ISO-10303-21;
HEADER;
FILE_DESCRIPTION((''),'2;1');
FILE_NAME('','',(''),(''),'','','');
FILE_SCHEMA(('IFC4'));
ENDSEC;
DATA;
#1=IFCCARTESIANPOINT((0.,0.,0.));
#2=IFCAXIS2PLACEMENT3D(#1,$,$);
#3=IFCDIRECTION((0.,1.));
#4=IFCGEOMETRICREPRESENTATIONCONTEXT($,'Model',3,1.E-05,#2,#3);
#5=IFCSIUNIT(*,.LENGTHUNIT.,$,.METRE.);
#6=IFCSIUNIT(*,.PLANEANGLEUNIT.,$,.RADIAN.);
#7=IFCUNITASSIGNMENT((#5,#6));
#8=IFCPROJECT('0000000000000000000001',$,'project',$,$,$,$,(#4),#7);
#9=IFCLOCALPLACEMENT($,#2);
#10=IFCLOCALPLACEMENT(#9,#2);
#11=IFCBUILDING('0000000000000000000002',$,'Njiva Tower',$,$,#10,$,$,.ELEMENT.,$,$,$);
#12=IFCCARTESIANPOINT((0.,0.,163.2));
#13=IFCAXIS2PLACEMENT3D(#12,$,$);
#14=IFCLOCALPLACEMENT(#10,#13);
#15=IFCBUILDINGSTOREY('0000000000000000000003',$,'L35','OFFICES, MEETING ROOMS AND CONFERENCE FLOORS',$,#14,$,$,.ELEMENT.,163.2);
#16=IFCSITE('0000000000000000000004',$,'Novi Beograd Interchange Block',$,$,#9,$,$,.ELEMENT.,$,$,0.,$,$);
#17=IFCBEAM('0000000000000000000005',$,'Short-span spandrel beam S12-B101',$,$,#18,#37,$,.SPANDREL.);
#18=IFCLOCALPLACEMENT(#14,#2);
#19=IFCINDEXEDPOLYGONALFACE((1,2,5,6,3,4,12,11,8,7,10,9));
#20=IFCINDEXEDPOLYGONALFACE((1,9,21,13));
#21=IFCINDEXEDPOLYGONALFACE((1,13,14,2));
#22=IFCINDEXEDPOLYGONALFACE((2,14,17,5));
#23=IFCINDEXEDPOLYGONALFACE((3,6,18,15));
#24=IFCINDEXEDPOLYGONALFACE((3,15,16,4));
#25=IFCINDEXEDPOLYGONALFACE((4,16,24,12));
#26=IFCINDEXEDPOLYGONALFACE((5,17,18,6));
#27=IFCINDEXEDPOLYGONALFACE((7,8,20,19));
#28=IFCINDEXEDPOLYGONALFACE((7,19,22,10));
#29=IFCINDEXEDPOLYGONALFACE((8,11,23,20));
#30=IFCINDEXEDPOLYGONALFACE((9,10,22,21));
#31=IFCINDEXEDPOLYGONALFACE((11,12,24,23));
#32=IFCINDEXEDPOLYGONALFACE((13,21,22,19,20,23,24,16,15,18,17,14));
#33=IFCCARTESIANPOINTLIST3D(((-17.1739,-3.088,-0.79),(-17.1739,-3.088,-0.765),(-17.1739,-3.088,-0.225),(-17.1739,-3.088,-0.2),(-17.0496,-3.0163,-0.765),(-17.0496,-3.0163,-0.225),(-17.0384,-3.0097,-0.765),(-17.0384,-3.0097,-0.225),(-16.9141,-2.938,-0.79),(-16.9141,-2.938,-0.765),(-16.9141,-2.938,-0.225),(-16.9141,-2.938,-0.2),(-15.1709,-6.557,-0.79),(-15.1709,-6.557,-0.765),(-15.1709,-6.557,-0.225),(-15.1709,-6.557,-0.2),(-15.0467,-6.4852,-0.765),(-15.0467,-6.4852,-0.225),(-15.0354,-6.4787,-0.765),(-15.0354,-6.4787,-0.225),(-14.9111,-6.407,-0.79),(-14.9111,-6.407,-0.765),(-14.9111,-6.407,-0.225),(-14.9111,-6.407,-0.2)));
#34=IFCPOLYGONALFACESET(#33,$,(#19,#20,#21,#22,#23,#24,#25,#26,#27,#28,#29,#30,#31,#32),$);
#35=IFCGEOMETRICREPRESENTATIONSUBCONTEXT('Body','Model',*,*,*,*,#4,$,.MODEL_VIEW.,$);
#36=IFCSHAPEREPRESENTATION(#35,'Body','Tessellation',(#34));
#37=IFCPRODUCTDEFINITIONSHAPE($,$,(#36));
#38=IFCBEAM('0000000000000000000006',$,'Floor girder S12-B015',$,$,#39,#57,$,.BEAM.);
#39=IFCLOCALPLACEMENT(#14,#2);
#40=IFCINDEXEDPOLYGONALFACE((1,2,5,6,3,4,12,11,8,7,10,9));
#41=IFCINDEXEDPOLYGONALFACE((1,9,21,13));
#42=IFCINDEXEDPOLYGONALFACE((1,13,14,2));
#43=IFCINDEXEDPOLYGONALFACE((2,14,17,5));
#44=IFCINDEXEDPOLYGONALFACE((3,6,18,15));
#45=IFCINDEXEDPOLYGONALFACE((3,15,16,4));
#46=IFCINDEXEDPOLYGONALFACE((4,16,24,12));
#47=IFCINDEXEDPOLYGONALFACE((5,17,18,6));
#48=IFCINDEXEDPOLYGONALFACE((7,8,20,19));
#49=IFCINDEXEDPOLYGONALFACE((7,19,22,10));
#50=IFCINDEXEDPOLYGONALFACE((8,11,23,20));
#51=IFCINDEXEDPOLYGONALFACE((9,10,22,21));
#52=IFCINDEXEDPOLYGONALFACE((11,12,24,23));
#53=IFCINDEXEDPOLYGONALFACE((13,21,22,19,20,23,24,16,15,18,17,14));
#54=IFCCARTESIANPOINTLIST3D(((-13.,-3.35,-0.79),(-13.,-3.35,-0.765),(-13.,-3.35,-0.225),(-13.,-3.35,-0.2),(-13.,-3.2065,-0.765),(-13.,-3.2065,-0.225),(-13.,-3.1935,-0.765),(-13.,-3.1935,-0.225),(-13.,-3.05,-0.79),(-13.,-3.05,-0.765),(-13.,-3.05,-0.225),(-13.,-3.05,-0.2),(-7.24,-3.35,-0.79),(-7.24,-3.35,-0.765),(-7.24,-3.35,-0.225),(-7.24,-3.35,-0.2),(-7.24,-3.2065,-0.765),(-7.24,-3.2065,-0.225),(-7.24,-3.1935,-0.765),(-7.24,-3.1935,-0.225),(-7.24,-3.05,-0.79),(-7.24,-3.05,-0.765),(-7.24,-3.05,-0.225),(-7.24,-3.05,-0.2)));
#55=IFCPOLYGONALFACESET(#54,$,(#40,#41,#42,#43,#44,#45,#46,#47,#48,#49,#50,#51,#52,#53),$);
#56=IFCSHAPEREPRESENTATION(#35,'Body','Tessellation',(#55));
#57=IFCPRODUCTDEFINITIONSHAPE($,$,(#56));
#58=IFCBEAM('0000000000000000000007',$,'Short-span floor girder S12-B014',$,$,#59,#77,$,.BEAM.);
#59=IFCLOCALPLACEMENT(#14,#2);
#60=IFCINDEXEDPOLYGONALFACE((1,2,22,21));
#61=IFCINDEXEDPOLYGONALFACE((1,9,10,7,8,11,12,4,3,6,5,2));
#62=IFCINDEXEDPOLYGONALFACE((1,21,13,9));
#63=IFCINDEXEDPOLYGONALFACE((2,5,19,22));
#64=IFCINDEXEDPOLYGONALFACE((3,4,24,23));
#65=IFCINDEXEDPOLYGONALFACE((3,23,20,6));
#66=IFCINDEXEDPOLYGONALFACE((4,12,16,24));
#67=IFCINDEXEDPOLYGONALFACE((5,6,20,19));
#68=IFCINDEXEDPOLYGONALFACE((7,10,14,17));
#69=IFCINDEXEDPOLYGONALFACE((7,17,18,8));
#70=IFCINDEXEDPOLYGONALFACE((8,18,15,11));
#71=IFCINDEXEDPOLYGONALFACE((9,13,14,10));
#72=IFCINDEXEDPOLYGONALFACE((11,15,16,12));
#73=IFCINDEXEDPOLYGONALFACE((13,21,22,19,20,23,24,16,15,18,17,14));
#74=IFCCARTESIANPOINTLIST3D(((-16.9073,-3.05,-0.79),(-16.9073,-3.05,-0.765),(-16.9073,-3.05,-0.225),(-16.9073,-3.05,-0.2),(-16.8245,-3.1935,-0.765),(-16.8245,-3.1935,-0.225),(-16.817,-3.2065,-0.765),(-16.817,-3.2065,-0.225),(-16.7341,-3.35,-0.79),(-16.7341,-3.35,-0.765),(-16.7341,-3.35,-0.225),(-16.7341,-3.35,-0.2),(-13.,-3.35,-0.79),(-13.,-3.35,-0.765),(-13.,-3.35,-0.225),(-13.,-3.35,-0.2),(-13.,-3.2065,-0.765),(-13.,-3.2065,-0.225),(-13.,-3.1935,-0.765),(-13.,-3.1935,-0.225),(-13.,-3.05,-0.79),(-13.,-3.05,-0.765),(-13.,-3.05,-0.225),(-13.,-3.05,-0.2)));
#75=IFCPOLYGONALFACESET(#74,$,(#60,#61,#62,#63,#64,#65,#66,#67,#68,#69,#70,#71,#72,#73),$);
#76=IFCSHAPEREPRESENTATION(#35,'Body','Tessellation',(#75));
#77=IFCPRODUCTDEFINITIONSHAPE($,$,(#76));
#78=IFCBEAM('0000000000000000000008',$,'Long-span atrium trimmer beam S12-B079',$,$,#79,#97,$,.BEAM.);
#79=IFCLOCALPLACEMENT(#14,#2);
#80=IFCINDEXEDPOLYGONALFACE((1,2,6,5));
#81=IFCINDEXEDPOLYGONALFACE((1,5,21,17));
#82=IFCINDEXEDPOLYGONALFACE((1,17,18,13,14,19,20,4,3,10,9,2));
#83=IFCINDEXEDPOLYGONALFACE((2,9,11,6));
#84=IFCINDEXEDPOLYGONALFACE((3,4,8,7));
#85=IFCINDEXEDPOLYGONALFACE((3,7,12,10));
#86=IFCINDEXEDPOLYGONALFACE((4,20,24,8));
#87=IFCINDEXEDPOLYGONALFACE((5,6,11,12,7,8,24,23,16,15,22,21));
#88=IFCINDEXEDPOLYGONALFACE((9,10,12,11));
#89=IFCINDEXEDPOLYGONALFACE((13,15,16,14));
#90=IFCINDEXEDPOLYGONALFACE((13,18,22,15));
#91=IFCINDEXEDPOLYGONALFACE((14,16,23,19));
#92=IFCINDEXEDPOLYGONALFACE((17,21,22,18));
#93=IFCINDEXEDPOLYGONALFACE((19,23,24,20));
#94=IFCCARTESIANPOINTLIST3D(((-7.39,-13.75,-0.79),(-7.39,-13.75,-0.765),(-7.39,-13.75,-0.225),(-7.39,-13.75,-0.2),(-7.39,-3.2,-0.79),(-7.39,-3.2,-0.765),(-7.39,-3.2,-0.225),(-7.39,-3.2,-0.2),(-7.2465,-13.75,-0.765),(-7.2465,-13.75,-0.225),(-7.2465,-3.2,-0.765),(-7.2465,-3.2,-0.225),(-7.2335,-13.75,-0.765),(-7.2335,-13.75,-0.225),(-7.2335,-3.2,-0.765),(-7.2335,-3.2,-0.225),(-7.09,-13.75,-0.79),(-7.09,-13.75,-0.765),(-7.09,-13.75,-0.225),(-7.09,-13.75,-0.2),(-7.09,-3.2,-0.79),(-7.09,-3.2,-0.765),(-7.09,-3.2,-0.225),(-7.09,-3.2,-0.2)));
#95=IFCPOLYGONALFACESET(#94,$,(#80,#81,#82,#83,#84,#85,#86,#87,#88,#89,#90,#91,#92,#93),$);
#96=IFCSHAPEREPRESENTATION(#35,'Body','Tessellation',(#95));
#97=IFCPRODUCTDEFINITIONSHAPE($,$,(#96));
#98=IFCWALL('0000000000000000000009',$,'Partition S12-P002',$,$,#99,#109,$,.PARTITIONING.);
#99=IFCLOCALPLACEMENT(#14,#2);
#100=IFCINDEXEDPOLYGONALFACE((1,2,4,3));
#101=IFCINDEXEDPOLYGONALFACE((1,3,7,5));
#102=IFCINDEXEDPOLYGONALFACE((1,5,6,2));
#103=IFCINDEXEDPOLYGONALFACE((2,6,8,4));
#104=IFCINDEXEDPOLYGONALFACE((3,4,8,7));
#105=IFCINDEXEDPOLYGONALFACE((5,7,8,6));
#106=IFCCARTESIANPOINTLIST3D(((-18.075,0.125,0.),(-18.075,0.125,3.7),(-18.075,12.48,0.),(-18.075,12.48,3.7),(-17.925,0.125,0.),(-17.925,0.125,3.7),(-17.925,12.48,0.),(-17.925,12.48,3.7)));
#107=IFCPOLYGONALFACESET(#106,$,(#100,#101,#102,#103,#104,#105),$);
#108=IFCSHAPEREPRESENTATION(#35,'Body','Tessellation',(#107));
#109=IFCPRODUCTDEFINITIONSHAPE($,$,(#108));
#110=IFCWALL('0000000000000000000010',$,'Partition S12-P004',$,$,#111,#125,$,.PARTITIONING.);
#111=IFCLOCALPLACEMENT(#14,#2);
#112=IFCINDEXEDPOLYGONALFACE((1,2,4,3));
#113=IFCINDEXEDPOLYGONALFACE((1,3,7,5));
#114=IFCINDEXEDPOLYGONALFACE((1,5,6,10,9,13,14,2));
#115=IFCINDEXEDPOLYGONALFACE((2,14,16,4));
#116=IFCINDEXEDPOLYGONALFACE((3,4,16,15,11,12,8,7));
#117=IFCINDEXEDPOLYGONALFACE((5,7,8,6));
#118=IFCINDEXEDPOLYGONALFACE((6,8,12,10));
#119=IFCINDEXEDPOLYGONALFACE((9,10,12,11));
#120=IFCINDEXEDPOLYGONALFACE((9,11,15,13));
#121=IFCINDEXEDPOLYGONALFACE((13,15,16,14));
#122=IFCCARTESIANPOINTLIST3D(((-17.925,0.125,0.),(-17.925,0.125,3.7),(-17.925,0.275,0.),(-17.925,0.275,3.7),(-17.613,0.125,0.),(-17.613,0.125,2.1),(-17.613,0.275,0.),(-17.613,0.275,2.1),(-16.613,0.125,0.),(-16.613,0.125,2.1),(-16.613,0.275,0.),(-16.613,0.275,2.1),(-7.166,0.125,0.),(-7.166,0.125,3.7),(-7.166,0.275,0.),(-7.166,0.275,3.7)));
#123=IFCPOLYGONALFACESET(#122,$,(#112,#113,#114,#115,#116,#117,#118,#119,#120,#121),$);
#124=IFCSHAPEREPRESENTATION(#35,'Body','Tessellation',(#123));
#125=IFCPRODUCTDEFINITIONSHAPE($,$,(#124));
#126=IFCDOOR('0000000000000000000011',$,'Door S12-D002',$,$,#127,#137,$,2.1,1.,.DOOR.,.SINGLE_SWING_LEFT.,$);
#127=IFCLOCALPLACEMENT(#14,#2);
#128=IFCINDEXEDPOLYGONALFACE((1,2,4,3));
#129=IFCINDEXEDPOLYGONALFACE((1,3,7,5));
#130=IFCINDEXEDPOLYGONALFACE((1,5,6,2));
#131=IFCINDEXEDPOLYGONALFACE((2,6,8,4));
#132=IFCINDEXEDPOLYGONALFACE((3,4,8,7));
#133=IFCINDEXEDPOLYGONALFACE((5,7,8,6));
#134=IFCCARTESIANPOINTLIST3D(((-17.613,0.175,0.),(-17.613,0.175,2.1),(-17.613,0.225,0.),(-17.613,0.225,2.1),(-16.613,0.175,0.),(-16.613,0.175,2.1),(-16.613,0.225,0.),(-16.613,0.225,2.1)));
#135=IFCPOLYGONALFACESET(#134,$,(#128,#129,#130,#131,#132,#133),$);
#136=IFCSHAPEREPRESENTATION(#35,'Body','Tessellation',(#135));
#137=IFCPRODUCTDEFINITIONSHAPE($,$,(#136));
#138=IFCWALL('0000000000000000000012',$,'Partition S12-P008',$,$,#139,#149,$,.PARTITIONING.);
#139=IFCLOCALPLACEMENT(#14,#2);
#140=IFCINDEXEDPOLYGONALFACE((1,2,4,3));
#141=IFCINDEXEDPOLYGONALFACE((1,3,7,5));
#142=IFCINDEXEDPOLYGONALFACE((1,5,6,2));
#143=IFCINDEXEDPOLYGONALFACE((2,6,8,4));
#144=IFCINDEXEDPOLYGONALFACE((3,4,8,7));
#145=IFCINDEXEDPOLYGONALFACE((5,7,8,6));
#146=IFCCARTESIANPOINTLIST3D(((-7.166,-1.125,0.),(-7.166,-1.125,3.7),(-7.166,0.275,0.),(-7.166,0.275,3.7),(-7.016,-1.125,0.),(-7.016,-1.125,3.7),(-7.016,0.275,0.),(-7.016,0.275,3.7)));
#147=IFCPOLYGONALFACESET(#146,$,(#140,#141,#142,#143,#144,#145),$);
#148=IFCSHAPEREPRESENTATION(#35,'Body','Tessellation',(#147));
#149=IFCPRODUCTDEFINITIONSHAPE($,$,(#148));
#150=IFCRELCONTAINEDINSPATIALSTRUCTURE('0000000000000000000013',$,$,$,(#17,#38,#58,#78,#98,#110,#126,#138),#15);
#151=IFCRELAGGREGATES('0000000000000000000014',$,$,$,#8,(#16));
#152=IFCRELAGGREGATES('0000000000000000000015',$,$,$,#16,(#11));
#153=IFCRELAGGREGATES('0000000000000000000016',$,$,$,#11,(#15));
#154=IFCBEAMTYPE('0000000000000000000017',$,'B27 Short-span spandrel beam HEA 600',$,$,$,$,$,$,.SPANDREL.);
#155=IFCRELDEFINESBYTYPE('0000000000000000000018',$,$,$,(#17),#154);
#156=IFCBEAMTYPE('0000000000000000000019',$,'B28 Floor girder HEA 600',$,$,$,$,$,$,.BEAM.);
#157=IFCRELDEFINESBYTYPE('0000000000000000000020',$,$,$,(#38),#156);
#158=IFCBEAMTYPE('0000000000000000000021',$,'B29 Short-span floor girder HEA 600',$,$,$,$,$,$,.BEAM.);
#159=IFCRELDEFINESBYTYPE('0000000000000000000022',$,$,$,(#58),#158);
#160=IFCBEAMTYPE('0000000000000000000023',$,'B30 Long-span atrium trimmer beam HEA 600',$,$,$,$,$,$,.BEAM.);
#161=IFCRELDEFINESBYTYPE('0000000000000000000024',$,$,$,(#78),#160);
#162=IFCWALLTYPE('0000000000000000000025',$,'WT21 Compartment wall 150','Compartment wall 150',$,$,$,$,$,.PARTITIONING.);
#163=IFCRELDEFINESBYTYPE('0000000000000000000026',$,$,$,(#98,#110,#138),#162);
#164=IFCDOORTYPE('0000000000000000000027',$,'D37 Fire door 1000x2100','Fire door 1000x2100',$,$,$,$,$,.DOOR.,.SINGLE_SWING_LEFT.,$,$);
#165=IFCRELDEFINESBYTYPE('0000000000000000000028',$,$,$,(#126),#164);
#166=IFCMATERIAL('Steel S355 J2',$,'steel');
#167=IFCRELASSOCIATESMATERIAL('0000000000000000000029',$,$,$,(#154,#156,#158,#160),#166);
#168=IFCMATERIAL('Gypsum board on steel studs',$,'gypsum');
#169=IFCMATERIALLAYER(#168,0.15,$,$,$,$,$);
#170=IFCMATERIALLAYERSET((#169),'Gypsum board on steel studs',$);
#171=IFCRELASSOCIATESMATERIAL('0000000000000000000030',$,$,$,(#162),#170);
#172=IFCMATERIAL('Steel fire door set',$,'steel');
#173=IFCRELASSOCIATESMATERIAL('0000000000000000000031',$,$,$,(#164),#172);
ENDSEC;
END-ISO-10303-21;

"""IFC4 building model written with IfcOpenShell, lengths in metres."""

from ifc_helpers import new_model, si_unit, direction, frame, frame_2d, origin, origin_2d, place, context, subcontext, project, spatial, rectangle, i_section, extrude, clip, halfspace, material, layer, layer_set, material_profile, profile_set, type_object, element, fill, save


model = new_model("IFC4")

# Units and contexts
model_context = context("Model", 3, precision=1e-05, world=origin(), true_north=direction((0.0, 1.0)))
body_context = subcontext(model_context, "Body", "Model", "MODEL_VIEW")
ifc_project = project(units=[si_unit("LENGTHUNIT", "METRE"), si_unit("PLANEANGLEUNIT", "RADIAN")], contexts=[model_context])

# Site, building, storey
site_placement = place(None, origin())
site = spatial("IfcSite", under=ifc_project, at=site_placement, Name="Novi Beograd Interchange Block", CompositionType="ELEMENT", RefElevation=0.0)
building_placement = place(site_placement, origin())
building = spatial("IfcBuilding", under=site, at=building_placement, Name="Njiva Tower", CompositionType="ELEMENT")
storey_placement = place(building_placement, frame((0.0, 0.0, 163.2)))
storey = spatial("IfcBuildingStorey", under=building, at=storey_placement, Name="L35", Description="OFFICES, MEETING ROOMS AND CONFERENCE FLOORS", CompositionType="ELEMENT", Elevation=163.2)

# Shared definitions
ifc_material_1 = material(Name="Steel S355 J2", Category="steel")

# Beams
ifc_material_profile_1 = material_profile(ifc_material_1, i_section(OverallWidth=0.3, OverallDepth=0.59, WebThickness=0.013, FlangeThickness=0.025, at=origin_2d()), Name="HEA 600")
ifc_profile_set_1 = profile_set([ifc_material_profile_1], Name="Steel S355 J2")
beam_type_1 = type_object("IfcBeamType", Name="B27 Short-span spandrel beam HEA 600", PredefinedType="SPANDREL", material=ifc_profile_set_1)
beam_1_placement = place(storey_placement, frame((-17.044, -3.013, -0.495), z_axis=(0.500032, -0.866007, 0.0), x_axis=(0.866007, 0.500032, 0.0)))
element("IfcBeam", 1, at=beam_1_placement, inside=storey, type_object=beam_type_1, Name="Short-span spandrel beam S12-B101", PredefinedType="SPANDREL", context=body_context, shape_type="SweptSolid", body=[
    extrude(i_section(OverallWidth=0.3, OverallDepth=0.59, WebThickness=0.013, FlangeThickness=0.025, at=origin_2d()), origin(), (0.0, 0.0, 1.0), 4.0057),
])
ifc_material_profile_2 = material_profile(ifc_material_1, i_section(OverallWidth=0.3, OverallDepth=0.59, WebThickness=0.013, FlangeThickness=0.025, at=origin_2d()), Name="HEA 600")
ifc_profile_set_2 = profile_set([ifc_material_profile_2], Name="Steel S355 J2")
beam_type_2 = type_object("IfcBeamType", Name="B28 Floor girder HEA 600", PredefinedType="BEAM", material=ifc_profile_set_2)
beam_2_placement = place(storey_placement, frame((-13.0, -3.2, -0.495), z_axis=(1.0, 0.0, 0.0), x_axis=(0.0, 1.0, 0.0)))
element("IfcBeam", 2, at=beam_2_placement, inside=storey, type_object=beam_type_2, Name="Floor girder S12-B015", PredefinedType="BEAM", context=body_context, shape_type="SweptSolid", body=[
    extrude(i_section(OverallWidth=0.3, OverallDepth=0.59, WebThickness=0.013, FlangeThickness=0.025, at=origin_2d()), origin(), (0.0, 0.0, 1.0), 5.76),
])
ifc_material_profile_3 = material_profile(ifc_material_1, i_section(OverallWidth=0.3, OverallDepth=0.59, WebThickness=0.013, FlangeThickness=0.025, at=origin_2d()), Name="HEA 600")
ifc_profile_set_3 = profile_set([ifc_material_profile_3], Name="Steel S355 J2")
beam_type_3 = type_object("IfcBeamType", Name="B29 Short-span floor girder HEA 600", PredefinedType="BEAM", material=ifc_profile_set_3)
beam_3_placement = place(storey_placement, frame((-16.928, -3.2, -0.495), z_axis=(1.0, 0.0, 0.0), x_axis=(0.0, 1.0, 0.0)))
element("IfcBeam", 3, at=beam_3_placement, inside=storey, type_object=beam_type_3, Name="Short-span floor girder S12-B014", PredefinedType="BEAM", context=body_context, shape_type="Clipping", body=[
    clip(extrude(i_section(OverallWidth=0.3, OverallDepth=0.59, WebThickness=0.013, FlangeThickness=0.025, at=origin_2d()), origin(), (0.0, 0.0, 1.0), 3.928), halfspace(frame((-0.025, 0.0, 0.1217), z_axis=(-0.499998, 0.0, -0.866027), x_axis=(0.0, -1.0, 0.0)), False)),
])
ifc_material_profile_4 = material_profile(ifc_material_1, i_section(OverallWidth=0.3, OverallDepth=0.59, WebThickness=0.013, FlangeThickness=0.025, at=origin_2d()), Name="HEA 600")
ifc_profile_set_4 = profile_set([ifc_material_profile_4], Name="Steel S355 J2")
beam_type_4 = type_object("IfcBeamType", Name="B30 Long-span atrium trimmer beam HEA 600", PredefinedType="BEAM", material=ifc_profile_set_4)
beam_4_placement = place(storey_placement, frame((-7.24, -3.2, -0.495), z_axis=(0.0, -1.0, 0.0), x_axis=(1.0, 0.0, 0.0)))
element("IfcBeam", 4, at=beam_4_placement, inside=storey, type_object=beam_type_4, Name="Long-span atrium trimmer beam S12-B079", PredefinedType="BEAM", context=body_context, shape_type="SweptSolid", body=[
    extrude(i_section(OverallWidth=0.3, OverallDepth=0.59, WebThickness=0.013, FlangeThickness=0.025, at=origin_2d()), origin(), (0.0, 0.0, 1.0), 10.55),
])

# Wall
ifc_material_2 = material(Name="Gypsum board on steel studs", Category="gypsum")
ifc_layer = layer(ifc_material_2, 0.15)
ifc_layer_set = layer_set([ifc_layer], Name="Gypsum board on steel studs")
wall_type = type_object("IfcWallType", Name="WT21 Compartment wall 150", Description="Compartment wall 150", PredefinedType="PARTITIONING", material=ifc_layer_set)
wall_1_placement = place(storey_placement, frame((-18.0, 0.125, 0.0), z_axis=(0.0, 0.0, 1.0), x_axis=(0.0, 1.0, 0.0)))
element("IfcWall", 5, at=wall_1_placement, inside=storey, type_object=wall_type, Name="Partition S12-P002", PredefinedType="PARTITIONING", context=body_context, shape_type="SweptSolid", body=[
    extrude(rectangle(XDim=12.355, YDim=0.15, at=frame_2d((6.1775, 0.0))), origin(), (0.0, 0.0, 1.0), 3.7),
])

# Wall, opening, door
wall_2_placement = place(storey_placement, frame((-17.925, 0.2, 0.0), z_axis=(0.0, 0.0, 1.0), x_axis=(1.0, 0.0, 0.0)))
wall_2 = element("IfcWall", 6, at=wall_2_placement, inside=storey, type_object=wall_type, Name="Partition S12-P004", PredefinedType="PARTITIONING", context=body_context, shape_type="SweptSolid", body=[
    extrude(rectangle(XDim=10.759, YDim=0.15, at=frame_2d((5.3795, 0.0))), origin(), (0.0, 0.0, 1.0), 3.7),
])
opening_1_placement = place(wall_2_placement, frame((0.312, 0.0, 0.0)))
opening_1 = element("IfcOpeningElement", 7, at=opening_1_placement, cuts=wall_2, PredefinedType="OPENING", context=body_context, shape_type="SweptSolid", body=[
    extrude(rectangle(XDim=1.0, YDim=2.1, at=frame_2d((0.5, 1.05))), frame((0.0, 0.085, 0.0), z_axis=(0.0, -1.0, 0.0), x_axis=(1.0, 0.0, 0.0)), (0.0, 0.0, 1.0), 0.17),
])
ifc_material_3 = material(Name="Steel fire door set", Category="steel")
door_type = type_object("IfcDoorType", Name="D37 Fire door 1000x2100", Description="Fire door 1000x2100", OperationType="SINGLE_SWING_LEFT", PredefinedType="DOOR", material=ifc_material_3)
door_1_placement = place(opening_1_placement, origin())
door_1 = element("IfcDoor", 8, at=door_1_placement, inside=storey, type_object=door_type, Name="Door S12-D002", OperationType="SINGLE_SWING_LEFT", OverallHeight=2.1, OverallWidth=1.0, PredefinedType="DOOR", context=body_context, shape_type="SweptSolid", body=[
    extrude(rectangle(XDim=1.0, YDim=2.1, at=frame_2d((0.5, 1.05))), frame((0.0, 0.025, 0.0), z_axis=(0.0, -1.0, 0.0), x_axis=(1.0, 0.0, 0.0)), (0.0, 0.0, 1.0), 0.05),
])
fill(opening_1, door_1)

# Wall
wall_3_placement = place(storey_placement, frame((-7.091, -1.125, 0.0), z_axis=(0.0, 0.0, 1.0), x_axis=(0.0, 1.0, 0.0)))
element("IfcWall", 9, at=wall_3_placement, inside=storey, type_object=wall_type, Name="Partition S12-P008", PredefinedType="PARTITIONING", context=body_context, shape_type="SweptSolid", body=[
    extrude(rectangle(XDim=1.4, YDim=0.15, at=frame_2d((0.7, 0.0))), origin(), (0.0, 0.0, 1.0), 3.7),
])

save(model, "model.ifc")
